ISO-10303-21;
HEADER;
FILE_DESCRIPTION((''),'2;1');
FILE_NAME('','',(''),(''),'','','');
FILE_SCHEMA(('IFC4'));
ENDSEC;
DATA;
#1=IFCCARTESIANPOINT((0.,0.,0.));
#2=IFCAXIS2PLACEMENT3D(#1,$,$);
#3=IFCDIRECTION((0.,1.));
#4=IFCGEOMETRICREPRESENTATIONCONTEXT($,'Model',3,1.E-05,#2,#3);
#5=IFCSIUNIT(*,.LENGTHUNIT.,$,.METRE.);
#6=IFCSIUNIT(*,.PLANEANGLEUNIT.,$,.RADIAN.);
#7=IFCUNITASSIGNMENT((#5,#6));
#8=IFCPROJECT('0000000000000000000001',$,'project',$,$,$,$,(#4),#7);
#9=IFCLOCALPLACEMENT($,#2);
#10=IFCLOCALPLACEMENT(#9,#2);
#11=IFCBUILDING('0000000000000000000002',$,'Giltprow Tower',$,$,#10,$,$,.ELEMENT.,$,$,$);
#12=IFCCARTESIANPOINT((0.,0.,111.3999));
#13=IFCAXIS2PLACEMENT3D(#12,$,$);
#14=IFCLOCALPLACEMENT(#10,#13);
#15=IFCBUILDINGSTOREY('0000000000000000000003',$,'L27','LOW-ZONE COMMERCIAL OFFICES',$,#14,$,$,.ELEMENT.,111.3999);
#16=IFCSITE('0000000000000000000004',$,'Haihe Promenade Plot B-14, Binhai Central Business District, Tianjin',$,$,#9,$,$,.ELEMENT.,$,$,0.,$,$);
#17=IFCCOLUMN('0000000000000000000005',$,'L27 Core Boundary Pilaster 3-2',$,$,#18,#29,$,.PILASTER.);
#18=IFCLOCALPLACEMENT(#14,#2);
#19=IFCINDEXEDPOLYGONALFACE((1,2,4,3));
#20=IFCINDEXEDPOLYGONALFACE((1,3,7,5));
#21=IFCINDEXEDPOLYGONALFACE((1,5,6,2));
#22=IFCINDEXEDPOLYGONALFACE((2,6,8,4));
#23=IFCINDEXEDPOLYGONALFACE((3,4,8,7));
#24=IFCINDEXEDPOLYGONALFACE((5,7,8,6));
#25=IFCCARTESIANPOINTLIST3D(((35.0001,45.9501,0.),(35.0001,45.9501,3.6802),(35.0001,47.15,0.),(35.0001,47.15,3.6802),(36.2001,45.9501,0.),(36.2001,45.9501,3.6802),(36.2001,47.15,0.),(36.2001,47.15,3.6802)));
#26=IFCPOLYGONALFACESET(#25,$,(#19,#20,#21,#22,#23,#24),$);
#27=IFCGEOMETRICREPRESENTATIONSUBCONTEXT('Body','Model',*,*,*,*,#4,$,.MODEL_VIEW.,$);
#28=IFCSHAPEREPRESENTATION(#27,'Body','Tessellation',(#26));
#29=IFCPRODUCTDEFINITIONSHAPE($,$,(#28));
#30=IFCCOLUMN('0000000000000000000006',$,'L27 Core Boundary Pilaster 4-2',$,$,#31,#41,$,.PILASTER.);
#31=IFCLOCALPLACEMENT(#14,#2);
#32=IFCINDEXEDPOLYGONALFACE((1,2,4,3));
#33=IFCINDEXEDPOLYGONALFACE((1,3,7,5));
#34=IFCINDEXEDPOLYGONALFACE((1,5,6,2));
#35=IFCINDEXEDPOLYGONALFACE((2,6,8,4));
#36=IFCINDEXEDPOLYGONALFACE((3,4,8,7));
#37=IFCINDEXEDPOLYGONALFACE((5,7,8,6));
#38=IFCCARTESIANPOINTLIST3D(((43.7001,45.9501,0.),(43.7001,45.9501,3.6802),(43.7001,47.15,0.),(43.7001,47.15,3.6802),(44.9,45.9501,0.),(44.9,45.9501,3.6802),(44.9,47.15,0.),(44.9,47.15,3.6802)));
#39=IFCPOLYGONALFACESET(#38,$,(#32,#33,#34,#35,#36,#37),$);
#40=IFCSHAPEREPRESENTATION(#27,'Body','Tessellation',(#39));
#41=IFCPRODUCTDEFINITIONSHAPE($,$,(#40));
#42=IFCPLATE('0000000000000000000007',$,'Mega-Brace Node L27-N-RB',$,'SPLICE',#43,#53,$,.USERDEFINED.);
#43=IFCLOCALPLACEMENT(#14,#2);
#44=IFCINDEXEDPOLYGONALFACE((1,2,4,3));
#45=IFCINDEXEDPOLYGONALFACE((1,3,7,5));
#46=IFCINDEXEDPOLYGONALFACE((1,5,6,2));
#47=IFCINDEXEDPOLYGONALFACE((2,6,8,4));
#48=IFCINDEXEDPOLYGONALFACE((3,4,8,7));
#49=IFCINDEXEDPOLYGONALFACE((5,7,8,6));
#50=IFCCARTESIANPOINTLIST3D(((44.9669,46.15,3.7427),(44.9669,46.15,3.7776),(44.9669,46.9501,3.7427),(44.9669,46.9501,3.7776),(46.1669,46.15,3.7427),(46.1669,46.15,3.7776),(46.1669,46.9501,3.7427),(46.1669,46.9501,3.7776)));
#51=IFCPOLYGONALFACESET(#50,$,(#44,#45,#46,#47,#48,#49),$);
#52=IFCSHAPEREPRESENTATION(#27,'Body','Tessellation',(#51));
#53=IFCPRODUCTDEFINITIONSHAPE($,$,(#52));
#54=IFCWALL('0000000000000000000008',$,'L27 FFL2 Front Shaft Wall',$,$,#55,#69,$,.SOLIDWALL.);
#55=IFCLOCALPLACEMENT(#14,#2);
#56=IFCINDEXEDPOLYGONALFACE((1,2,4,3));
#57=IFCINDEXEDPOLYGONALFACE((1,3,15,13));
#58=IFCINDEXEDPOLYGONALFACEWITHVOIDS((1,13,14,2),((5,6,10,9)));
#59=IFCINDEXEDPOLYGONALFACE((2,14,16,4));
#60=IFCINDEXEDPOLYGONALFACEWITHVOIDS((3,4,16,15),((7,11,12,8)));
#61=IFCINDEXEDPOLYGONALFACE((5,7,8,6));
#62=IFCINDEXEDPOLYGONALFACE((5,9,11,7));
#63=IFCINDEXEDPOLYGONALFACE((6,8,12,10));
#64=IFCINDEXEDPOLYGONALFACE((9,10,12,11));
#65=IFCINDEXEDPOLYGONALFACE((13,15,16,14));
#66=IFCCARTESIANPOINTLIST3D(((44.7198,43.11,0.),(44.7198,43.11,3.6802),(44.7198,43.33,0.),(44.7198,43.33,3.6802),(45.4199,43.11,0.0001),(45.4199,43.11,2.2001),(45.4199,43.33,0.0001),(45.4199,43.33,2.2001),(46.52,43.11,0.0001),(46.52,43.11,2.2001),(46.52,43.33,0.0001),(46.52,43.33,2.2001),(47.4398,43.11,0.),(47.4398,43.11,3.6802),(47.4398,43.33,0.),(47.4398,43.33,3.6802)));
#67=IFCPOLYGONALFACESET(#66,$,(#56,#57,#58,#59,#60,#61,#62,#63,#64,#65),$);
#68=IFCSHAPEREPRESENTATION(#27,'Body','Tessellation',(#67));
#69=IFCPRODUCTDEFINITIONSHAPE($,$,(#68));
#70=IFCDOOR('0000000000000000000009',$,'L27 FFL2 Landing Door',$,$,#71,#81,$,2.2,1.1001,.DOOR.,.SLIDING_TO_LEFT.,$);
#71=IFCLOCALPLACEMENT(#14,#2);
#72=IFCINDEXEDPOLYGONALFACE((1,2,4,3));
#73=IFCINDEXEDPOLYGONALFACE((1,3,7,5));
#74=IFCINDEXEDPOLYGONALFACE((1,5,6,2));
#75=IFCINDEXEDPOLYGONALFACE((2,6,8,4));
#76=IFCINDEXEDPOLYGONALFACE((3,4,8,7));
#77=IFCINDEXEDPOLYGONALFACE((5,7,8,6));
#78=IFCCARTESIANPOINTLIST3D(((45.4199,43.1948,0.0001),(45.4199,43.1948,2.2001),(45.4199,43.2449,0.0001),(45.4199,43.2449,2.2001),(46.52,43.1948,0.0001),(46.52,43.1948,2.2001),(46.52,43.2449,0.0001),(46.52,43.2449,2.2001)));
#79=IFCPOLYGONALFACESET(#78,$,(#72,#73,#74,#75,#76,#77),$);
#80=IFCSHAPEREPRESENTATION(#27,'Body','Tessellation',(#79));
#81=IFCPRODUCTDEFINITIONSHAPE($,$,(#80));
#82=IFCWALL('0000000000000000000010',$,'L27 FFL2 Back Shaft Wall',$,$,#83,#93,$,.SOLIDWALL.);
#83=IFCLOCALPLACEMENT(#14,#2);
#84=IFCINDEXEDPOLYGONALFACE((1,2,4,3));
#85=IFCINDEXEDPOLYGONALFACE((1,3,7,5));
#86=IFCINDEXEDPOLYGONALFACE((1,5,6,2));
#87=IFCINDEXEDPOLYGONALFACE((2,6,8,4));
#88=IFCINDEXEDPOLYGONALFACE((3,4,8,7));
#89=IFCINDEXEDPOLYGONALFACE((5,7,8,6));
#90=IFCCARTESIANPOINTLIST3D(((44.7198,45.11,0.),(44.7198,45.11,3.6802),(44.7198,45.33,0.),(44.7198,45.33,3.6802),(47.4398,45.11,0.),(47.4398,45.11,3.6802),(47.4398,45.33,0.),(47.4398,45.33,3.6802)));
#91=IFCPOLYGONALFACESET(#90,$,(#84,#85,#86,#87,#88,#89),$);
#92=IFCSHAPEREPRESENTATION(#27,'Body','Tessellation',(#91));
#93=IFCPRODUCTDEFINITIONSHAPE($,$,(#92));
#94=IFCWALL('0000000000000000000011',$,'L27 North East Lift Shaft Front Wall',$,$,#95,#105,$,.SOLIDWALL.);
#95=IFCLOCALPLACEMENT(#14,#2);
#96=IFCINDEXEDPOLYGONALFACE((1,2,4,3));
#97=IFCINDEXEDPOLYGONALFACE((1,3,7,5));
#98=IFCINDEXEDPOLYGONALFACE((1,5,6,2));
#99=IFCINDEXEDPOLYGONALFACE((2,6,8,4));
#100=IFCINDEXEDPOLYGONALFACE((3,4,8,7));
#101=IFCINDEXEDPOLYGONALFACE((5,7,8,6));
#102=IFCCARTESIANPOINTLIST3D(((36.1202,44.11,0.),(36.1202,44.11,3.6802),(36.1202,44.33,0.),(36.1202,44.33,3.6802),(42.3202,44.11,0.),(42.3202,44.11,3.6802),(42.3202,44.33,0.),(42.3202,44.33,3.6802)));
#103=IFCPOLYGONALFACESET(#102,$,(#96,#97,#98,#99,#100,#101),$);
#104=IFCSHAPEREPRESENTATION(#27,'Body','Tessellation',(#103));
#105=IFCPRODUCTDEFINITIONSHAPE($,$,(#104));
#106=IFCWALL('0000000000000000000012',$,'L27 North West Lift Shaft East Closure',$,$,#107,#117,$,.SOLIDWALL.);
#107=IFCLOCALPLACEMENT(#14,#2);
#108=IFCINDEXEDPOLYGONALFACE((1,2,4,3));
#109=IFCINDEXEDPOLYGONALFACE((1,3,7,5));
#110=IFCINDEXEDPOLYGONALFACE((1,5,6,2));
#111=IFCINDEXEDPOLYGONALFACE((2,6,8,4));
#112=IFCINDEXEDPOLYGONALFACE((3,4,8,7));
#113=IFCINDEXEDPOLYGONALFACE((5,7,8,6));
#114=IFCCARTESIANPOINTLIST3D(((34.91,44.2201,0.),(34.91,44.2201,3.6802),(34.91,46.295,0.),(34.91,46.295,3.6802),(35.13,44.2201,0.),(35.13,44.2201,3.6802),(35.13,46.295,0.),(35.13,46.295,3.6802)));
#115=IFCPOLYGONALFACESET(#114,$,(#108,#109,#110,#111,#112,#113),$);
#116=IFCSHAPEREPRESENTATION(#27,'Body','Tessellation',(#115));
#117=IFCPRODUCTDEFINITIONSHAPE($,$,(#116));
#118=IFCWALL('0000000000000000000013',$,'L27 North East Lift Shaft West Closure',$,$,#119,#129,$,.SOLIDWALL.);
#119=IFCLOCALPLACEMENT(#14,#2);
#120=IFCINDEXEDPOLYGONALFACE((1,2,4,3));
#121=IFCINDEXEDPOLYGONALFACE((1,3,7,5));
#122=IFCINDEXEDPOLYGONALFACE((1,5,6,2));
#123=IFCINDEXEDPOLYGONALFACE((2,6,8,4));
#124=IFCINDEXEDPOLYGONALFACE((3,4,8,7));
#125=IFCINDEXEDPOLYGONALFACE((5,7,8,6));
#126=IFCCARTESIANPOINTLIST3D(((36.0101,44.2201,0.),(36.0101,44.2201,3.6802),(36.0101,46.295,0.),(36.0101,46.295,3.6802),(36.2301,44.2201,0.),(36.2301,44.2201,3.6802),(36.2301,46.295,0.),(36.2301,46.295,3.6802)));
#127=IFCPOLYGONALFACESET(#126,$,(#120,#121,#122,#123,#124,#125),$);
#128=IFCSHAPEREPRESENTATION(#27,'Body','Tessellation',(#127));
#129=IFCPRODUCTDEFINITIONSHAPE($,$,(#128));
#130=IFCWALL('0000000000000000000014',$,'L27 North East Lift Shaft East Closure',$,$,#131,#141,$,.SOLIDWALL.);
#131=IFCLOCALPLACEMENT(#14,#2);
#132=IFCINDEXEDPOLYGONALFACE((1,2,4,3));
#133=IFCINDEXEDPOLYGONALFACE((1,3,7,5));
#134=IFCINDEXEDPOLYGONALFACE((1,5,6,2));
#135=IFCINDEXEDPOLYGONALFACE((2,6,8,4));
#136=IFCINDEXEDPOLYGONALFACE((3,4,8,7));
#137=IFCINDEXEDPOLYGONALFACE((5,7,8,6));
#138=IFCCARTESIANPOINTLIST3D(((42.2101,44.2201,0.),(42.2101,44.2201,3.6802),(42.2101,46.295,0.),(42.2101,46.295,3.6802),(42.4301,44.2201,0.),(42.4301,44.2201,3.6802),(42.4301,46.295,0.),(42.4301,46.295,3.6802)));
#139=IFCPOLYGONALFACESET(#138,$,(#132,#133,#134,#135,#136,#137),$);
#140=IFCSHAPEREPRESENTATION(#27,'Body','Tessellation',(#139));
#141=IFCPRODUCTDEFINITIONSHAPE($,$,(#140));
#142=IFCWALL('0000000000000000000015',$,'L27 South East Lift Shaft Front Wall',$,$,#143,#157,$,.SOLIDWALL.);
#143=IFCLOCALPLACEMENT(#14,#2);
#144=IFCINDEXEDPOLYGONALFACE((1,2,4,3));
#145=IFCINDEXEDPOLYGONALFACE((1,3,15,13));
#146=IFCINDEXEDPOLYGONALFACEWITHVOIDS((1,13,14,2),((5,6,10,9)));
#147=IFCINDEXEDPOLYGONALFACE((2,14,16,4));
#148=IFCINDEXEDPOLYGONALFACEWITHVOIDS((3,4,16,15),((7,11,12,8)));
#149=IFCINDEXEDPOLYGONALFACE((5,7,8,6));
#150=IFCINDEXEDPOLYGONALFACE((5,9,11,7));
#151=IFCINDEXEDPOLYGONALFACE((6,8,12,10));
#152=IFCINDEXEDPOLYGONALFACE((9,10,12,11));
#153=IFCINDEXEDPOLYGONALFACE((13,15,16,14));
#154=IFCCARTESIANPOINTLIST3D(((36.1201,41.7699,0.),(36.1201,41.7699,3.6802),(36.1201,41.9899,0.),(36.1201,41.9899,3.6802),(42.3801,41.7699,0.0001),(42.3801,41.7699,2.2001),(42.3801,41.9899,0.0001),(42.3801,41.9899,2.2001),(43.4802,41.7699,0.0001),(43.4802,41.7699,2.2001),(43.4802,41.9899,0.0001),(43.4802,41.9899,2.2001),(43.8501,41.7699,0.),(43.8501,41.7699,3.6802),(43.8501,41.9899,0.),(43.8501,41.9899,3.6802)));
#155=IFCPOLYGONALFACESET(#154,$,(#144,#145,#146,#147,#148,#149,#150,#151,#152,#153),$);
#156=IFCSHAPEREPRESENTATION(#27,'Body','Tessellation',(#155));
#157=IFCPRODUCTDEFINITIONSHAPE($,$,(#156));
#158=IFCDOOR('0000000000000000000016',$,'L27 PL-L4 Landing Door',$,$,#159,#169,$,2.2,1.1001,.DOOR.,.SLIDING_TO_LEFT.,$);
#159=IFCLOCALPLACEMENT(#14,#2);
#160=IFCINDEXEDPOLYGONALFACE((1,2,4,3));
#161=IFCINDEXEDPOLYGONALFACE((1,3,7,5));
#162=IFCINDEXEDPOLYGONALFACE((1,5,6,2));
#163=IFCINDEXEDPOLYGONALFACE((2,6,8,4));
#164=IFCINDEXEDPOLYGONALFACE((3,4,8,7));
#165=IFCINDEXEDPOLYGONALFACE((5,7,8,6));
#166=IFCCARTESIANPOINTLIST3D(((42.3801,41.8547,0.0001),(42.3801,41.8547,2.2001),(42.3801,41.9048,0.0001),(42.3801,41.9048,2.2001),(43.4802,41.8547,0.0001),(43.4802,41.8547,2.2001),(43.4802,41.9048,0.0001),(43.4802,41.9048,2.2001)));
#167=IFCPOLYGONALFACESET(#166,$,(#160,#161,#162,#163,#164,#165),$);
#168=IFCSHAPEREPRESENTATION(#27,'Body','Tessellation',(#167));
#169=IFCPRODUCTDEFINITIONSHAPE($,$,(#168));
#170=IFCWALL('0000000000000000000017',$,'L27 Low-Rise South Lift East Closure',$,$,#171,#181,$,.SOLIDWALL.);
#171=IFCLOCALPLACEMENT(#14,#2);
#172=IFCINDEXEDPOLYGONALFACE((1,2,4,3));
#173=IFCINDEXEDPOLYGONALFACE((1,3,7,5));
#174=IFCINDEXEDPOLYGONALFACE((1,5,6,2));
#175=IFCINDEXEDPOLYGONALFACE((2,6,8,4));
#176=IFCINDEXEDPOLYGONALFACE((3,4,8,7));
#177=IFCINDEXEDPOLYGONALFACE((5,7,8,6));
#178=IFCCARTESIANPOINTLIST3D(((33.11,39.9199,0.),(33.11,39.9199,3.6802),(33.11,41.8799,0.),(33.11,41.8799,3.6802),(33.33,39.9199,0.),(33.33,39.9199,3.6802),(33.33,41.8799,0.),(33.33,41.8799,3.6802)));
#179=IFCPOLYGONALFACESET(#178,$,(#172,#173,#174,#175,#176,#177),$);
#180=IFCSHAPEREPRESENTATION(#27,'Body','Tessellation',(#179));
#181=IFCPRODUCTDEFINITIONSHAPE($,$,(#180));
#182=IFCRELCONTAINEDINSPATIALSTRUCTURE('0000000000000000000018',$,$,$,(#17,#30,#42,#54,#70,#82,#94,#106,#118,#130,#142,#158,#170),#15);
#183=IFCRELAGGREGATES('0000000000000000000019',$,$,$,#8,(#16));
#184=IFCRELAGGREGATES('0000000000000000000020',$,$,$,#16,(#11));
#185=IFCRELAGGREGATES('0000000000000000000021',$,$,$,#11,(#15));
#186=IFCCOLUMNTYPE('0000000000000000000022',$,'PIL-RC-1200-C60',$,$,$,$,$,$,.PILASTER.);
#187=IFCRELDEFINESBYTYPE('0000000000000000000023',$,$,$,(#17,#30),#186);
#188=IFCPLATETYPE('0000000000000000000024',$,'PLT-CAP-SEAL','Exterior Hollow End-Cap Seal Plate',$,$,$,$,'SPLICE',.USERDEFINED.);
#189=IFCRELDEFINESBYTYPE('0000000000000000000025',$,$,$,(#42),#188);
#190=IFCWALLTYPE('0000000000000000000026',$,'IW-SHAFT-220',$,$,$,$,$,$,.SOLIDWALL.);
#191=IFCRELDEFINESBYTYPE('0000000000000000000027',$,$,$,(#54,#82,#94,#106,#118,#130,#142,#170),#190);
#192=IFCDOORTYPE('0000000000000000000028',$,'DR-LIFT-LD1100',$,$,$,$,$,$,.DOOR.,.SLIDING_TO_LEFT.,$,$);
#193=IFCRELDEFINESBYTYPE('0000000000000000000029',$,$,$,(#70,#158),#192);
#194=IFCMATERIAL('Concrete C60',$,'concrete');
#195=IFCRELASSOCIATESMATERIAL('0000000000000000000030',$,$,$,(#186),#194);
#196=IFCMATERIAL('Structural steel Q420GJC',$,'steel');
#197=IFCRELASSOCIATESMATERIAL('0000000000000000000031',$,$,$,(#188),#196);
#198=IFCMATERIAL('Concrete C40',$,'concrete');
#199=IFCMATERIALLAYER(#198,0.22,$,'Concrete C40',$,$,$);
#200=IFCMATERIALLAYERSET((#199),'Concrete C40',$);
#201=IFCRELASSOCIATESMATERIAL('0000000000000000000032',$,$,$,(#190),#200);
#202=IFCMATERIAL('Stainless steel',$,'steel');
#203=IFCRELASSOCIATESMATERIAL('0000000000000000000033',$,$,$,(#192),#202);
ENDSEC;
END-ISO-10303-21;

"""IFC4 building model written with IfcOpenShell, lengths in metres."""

from ifc_helpers import new_model, si_unit, direction, frame, frame_2d, origin, origin_2d, place, context, subcontext, project, spatial, rectangle, extrude, source, transform, mapped, material, layer, layer_set, material_profile, profile_set, type_object, element, fill, save


model = new_model("IFC4")

# Units and contexts
model_context = context("Model", 3, precision=1e-05, world=origin(), true_north=direction((0.0, 1.0)))
body_context = subcontext(model_context, "Body", "Model", "MODEL_VIEW")
ifc_project = project(units=[si_unit("LENGTHUNIT", "METRE"), si_unit("PLANEANGLEUNIT", "RADIAN")], contexts=[model_context])

# Site, building, storey
site_placement = place(None, origin())
site = spatial("IfcSite", under=ifc_project, at=site_placement, Name="Haihe Promenade Plot B-14, Binhai Central Business District, Tianjin", CompositionType="ELEMENT", RefElevation=0.0)
building_placement = place(site_placement, origin())
building = spatial("IfcBuilding", under=site, at=building_placement, Name="Giltprow Tower", CompositionType="ELEMENT")
storey_placement = place(building_placement, frame((0.0, 0.0, 111.3999)))
storey = spatial("IfcBuildingStorey", under=building, at=storey_placement, Name="L27", Description="LOW-ZONE COMMERCIAL OFFICES", CompositionType="ELEMENT", Elevation=111.3999)

# Columns
ifc_material_1 = material(Name="Concrete C60", Category="concrete")
ifc_material_profile = material_profile(ifc_material_1, rectangle(XDim=1.2, YDim=1.2, at=origin_2d()), Name="RC 1200x1200")
ifc_profile_set = profile_set([ifc_material_profile], Name="Concrete C60")
column_type = type_object("IfcColumnType", Name="PIL-RC-1200-C60", PredefinedType="PILASTER", material=ifc_profile_set)
shared_shape_1 = source(origin(), body_context, "Body", "SweptSolid", [
    extrude(rectangle(XDim=1.2, YDim=1.2, at=origin_2d()), origin(), (0.0, 0.0, 1.0), 3.6802),
])
for number, where, z_axis, x_axis, name in (
    (1, (35.6001, 46.55, 0.0), (0.0, 0.0, 1.0), (1.0, 0.0, 0.0), "L27 Core Boundary Pilaster 3-2"),
    (2, (44.3, 46.55, 0.0), (0.0, 0.0, 1.0), (1.0, 0.0, 0.0), "L27 Core Boundary Pilaster 4-2"),
):
    element("IfcColumn", number, at=place(storey_placement, frame(where, z_axis=z_axis, x_axis=x_axis)), inside=storey, type_object=column_type, Name=name, PredefinedType="PILASTER", context=body_context, shape_type="MappedRepresentation", body=[
        mapped(shared_shape_1, transform((0.0, 0.0, 0.0), x_axis=(1.0, 0.0, 0.0), y_axis=(0.0, 1.0, 0.0), z_axis=(0.0, 0.0, 1.0), scale=1.0)),
    ])

# Plate
ifc_material_2 = material(Name="Structural steel Q420GJC", Category="steel")
plate_type = type_object("IfcPlateType", Name="PLT-CAP-SEAL", Description="Exterior Hollow End-Cap Seal Plate", ElementType="SPLICE", PredefinedType="USERDEFINED", material=ifc_material_2)
shared_shape_2 = source(origin(), body_context, "Body", "SweptSolid", [
    extrude(rectangle(XDim=1.2, YDim=0.8, at=origin_2d()), origin(), (0.0, 0.0, 1.0), 0.0349),
])
plate_placement = place(storey_placement, frame((45.5669, 46.55, 3.7427), z_axis=(0.0, 0.0, 1.0), x_axis=(1.0, 0.0, 0.0)))
element("IfcPlate", 3, at=plate_placement, inside=storey, type_object=plate_type, Name="Mega-Brace Node L27-N-RB", ObjectType="SPLICE", PredefinedType="USERDEFINED", context=body_context, shape_type="MappedRepresentation", body=[
    mapped(shared_shape_2, transform((0.0, 0.0, 0.0), x_axis=(1.0, 0.0, 0.0), y_axis=(0.0, 1.0, 0.0), z_axis=(0.0, 0.0, 1.0), scale=1.0)),
])

# Wall, opening, door
ifc_material_3 = material(Name="Concrete C40", Category="concrete")
ifc_layer_1 = layer(ifc_material_3, 0.22, Name="Concrete C40")
ifc_layer_set_1 = layer_set([ifc_layer_1], Name="Concrete C40")
wall_type_1 = type_object("IfcWallType", Name="IW-SHAFT-220", PredefinedType="SOLIDWALL", material=ifc_layer_set_1)
wall_1_placement = place(storey_placement, frame((44.72, 43.22, 0.0), z_axis=(0.0, 0.0, 1.0), x_axis=(1.0, 0.0, 0.0)))
wall_1 = element("IfcWall", 4, at=wall_1_placement, inside=storey, type_object=wall_type_1, Name="L27 FFL2 Front Shaft Wall", PredefinedType="SOLIDWALL", context=body_context, shape_type="SweptSolid", body=[
    extrude(rectangle(XDim=2.72, YDim=0.22, at=frame_2d((1.3599, 0.0))), origin(), (0.0, 0.0, 1.0), 3.6802),
])
opening_1_placement = place(wall_1_placement, frame((0.7, 0.0, 0.0)))
opening_1 = element("IfcOpeningElement", 5, at=opening_1_placement, cuts=wall_1, PredefinedType="OPENING", context=body_context, shape_type="SweptSolid", body=[
    extrude(rectangle(XDim=1.1001, YDim=2.2, at=frame_2d((0.55, 1.1001))), frame((0.0, 0.1199, 0.0), z_axis=(0.0, -1.0, 0.0), x_axis=(1.0, 0.0, 0.0)), (0.0, 0.0, 1.0), 0.24),
])
ifc_material_4 = material(Name="Stainless steel", Category="steel")
door_type = type_object("IfcDoorType", Name="DR-LIFT-LD1100", OperationType="SLIDING_TO_LEFT", PredefinedType="DOOR", material=ifc_material_4)
shared_shape_3 = source(origin(), body_context, "Body", "SweptSolid", [
    extrude(rectangle(XDim=1.1001, YDim=2.2, at=frame_2d((0.55, 1.1001))), frame((0.0, 0.0249, 0.0), z_axis=(0.0, -1.0, 0.0), x_axis=(1.0, 0.0, 0.0)), (0.0, 0.0, 1.0), 0.05),
])
door_1_placement = place(opening_1_placement, origin())
door_1 = element("IfcDoor", 6, at=door_1_placement, inside=storey, type_object=door_type, Name="L27 FFL2 Landing Door", OperationType="SLIDING_TO_LEFT", OverallHeight=2.2, OverallWidth=1.1001, PredefinedType="DOOR", context=body_context, shape_type="MappedRepresentation", body=[
    mapped(shared_shape_3, transform((0.0, 0.0, 0.0), x_axis=(1.0, 0.0, 0.0), y_axis=(0.0, 1.0, 0.0), z_axis=(0.0, 0.0, 1.0), scale=1.0)),
])
fill(opening_1, door_1)

# Walls
wall_2_placement = place(storey_placement, frame((44.72, 45.22, 0.0), z_axis=(0.0, 0.0, 1.0), x_axis=(1.0, 0.0, 0.0)))
element("IfcWall", 7, at=wall_2_placement, inside=storey, type_object=wall_type_1, Name="L27 FFL2 Back Shaft Wall", PredefinedType="SOLIDWALL", context=body_context, shape_type="SweptSolid", body=[
    extrude(rectangle(XDim=2.72, YDim=0.22, at=frame_2d((1.3599, 0.0))), origin(), (0.0, 0.0, 1.0), 3.6802),
])
wall_3_placement = place(storey_placement, frame((36.1201, 44.22, 0.0), z_axis=(0.0, 0.0, 1.0), x_axis=(1.0, 0.0, 0.0)))
element("IfcWall", 8, at=wall_3_placement, inside=storey, type_object=wall_type_1, Name="L27 North East Lift Shaft Front Wall", PredefinedType="SOLIDWALL", context=body_context, shape_type="SweptSolid", body=[
    extrude(rectangle(XDim=6.2, YDim=0.22, at=frame_2d((3.1001, 0.0))), origin(), (0.0, 0.0, 1.0), 3.6802),
])
for number, where, z_axis, x_axis, name in (
    (9, (35.02, 44.22, 0.0), (0.0, 0.0, 1.0), (0.0, 1.0, 0.0), "L27 North West Lift Shaft East Closure"),
    (10, (36.1201, 44.22, 0.0), (0.0, 0.0, 1.0), (0.0, 1.0, 0.0), "L27 North East Lift Shaft West Closure"),
    (11, (42.3201, 44.22, 0.0), (0.0, 0.0, 1.0), (0.0, 1.0, 0.0), "L27 North East Lift Shaft East Closure"),
):
    element("IfcWall", number, at=place(storey_placement, frame(where, z_axis=z_axis, x_axis=x_axis)), inside=storey, type_object=wall_type_1, Name=name, PredefinedType="SOLIDWALL", context=body_context, shape_type="SweptSolid", body=[
        extrude(rectangle(XDim=2.075, YDim=0.22, at=frame_2d((1.0376, 0.0))), origin(), (0.0, 0.0, 1.0), 3.6802),
    ])

# Wall, opening, door
wall_4_placement = place(storey_placement, frame((36.1201, 41.8799, 0.0), z_axis=(0.0, 0.0, 1.0), x_axis=(1.0, 0.0, 0.0)))
wall_4 = element("IfcWall", 12, at=wall_4_placement, inside=storey, type_object=wall_type_1, Name="L27 South East Lift Shaft Front Wall", PredefinedType="SOLIDWALL", context=body_context, shape_type="SweptSolid", body=[
    extrude(rectangle(XDim=7.73, YDim=0.22, at=frame_2d((3.865, 0.0))), origin(), (0.0, 0.0, 1.0), 3.6802),
])
opening_2_placement = place(wall_4_placement, frame((6.26, 0.0, 0.0)))
opening_2 = element("IfcOpeningElement", 13, at=opening_2_placement, cuts=wall_4, PredefinedType="OPENING", context=body_context, shape_type="SweptSolid", body=[
    extrude(rectangle(XDim=1.1001, YDim=2.2, at=frame_2d((0.55, 1.1001))), frame((0.0, 0.1199, 0.0), z_axis=(0.0, -1.0, 0.0), x_axis=(1.0, 0.0, 0.0)), (0.0, 0.0, 1.0), 0.24),
])
door_2_placement = place(opening_2_placement, origin())
door_2 = element("IfcDoor", 14, at=door_2_placement, inside=storey, type_object=door_type, Name="L27 PL-L4 Landing Door", OperationType="SLIDING_TO_LEFT", OverallHeight=2.2, OverallWidth=1.1001, PredefinedType="DOOR", context=body_context, shape_type="MappedRepresentation", body=[
    mapped(shared_shape_3, transform((0.0, 0.0, 0.0), x_axis=(1.0, 0.0, 0.0), y_axis=(0.0, 1.0, 0.0), z_axis=(0.0, 0.0, 1.0), scale=1.0)),
])
fill(opening_2, door_2)

# Wall
wall_5_placement = place(storey_placement, frame((33.22, 39.9199, 0.0), z_axis=(0.0, 0.0, 1.0), x_axis=(0.0, 1.0, 0.0)))
element("IfcWall", 15, at=wall_5_placement, inside=storey, type_object=wall_type_1, Name="L27 Low-Rise South Lift East Closure", PredefinedType="SOLIDWALL", context=body_context, shape_type="SweptSolid", body=[
    extrude(rectangle(XDim=1.96, YDim=0.22, at=frame_2d((0.98, 0.0))), origin(), (0.0, 0.0, 1.0), 3.6802),
])

save(model, "model.ifc")
